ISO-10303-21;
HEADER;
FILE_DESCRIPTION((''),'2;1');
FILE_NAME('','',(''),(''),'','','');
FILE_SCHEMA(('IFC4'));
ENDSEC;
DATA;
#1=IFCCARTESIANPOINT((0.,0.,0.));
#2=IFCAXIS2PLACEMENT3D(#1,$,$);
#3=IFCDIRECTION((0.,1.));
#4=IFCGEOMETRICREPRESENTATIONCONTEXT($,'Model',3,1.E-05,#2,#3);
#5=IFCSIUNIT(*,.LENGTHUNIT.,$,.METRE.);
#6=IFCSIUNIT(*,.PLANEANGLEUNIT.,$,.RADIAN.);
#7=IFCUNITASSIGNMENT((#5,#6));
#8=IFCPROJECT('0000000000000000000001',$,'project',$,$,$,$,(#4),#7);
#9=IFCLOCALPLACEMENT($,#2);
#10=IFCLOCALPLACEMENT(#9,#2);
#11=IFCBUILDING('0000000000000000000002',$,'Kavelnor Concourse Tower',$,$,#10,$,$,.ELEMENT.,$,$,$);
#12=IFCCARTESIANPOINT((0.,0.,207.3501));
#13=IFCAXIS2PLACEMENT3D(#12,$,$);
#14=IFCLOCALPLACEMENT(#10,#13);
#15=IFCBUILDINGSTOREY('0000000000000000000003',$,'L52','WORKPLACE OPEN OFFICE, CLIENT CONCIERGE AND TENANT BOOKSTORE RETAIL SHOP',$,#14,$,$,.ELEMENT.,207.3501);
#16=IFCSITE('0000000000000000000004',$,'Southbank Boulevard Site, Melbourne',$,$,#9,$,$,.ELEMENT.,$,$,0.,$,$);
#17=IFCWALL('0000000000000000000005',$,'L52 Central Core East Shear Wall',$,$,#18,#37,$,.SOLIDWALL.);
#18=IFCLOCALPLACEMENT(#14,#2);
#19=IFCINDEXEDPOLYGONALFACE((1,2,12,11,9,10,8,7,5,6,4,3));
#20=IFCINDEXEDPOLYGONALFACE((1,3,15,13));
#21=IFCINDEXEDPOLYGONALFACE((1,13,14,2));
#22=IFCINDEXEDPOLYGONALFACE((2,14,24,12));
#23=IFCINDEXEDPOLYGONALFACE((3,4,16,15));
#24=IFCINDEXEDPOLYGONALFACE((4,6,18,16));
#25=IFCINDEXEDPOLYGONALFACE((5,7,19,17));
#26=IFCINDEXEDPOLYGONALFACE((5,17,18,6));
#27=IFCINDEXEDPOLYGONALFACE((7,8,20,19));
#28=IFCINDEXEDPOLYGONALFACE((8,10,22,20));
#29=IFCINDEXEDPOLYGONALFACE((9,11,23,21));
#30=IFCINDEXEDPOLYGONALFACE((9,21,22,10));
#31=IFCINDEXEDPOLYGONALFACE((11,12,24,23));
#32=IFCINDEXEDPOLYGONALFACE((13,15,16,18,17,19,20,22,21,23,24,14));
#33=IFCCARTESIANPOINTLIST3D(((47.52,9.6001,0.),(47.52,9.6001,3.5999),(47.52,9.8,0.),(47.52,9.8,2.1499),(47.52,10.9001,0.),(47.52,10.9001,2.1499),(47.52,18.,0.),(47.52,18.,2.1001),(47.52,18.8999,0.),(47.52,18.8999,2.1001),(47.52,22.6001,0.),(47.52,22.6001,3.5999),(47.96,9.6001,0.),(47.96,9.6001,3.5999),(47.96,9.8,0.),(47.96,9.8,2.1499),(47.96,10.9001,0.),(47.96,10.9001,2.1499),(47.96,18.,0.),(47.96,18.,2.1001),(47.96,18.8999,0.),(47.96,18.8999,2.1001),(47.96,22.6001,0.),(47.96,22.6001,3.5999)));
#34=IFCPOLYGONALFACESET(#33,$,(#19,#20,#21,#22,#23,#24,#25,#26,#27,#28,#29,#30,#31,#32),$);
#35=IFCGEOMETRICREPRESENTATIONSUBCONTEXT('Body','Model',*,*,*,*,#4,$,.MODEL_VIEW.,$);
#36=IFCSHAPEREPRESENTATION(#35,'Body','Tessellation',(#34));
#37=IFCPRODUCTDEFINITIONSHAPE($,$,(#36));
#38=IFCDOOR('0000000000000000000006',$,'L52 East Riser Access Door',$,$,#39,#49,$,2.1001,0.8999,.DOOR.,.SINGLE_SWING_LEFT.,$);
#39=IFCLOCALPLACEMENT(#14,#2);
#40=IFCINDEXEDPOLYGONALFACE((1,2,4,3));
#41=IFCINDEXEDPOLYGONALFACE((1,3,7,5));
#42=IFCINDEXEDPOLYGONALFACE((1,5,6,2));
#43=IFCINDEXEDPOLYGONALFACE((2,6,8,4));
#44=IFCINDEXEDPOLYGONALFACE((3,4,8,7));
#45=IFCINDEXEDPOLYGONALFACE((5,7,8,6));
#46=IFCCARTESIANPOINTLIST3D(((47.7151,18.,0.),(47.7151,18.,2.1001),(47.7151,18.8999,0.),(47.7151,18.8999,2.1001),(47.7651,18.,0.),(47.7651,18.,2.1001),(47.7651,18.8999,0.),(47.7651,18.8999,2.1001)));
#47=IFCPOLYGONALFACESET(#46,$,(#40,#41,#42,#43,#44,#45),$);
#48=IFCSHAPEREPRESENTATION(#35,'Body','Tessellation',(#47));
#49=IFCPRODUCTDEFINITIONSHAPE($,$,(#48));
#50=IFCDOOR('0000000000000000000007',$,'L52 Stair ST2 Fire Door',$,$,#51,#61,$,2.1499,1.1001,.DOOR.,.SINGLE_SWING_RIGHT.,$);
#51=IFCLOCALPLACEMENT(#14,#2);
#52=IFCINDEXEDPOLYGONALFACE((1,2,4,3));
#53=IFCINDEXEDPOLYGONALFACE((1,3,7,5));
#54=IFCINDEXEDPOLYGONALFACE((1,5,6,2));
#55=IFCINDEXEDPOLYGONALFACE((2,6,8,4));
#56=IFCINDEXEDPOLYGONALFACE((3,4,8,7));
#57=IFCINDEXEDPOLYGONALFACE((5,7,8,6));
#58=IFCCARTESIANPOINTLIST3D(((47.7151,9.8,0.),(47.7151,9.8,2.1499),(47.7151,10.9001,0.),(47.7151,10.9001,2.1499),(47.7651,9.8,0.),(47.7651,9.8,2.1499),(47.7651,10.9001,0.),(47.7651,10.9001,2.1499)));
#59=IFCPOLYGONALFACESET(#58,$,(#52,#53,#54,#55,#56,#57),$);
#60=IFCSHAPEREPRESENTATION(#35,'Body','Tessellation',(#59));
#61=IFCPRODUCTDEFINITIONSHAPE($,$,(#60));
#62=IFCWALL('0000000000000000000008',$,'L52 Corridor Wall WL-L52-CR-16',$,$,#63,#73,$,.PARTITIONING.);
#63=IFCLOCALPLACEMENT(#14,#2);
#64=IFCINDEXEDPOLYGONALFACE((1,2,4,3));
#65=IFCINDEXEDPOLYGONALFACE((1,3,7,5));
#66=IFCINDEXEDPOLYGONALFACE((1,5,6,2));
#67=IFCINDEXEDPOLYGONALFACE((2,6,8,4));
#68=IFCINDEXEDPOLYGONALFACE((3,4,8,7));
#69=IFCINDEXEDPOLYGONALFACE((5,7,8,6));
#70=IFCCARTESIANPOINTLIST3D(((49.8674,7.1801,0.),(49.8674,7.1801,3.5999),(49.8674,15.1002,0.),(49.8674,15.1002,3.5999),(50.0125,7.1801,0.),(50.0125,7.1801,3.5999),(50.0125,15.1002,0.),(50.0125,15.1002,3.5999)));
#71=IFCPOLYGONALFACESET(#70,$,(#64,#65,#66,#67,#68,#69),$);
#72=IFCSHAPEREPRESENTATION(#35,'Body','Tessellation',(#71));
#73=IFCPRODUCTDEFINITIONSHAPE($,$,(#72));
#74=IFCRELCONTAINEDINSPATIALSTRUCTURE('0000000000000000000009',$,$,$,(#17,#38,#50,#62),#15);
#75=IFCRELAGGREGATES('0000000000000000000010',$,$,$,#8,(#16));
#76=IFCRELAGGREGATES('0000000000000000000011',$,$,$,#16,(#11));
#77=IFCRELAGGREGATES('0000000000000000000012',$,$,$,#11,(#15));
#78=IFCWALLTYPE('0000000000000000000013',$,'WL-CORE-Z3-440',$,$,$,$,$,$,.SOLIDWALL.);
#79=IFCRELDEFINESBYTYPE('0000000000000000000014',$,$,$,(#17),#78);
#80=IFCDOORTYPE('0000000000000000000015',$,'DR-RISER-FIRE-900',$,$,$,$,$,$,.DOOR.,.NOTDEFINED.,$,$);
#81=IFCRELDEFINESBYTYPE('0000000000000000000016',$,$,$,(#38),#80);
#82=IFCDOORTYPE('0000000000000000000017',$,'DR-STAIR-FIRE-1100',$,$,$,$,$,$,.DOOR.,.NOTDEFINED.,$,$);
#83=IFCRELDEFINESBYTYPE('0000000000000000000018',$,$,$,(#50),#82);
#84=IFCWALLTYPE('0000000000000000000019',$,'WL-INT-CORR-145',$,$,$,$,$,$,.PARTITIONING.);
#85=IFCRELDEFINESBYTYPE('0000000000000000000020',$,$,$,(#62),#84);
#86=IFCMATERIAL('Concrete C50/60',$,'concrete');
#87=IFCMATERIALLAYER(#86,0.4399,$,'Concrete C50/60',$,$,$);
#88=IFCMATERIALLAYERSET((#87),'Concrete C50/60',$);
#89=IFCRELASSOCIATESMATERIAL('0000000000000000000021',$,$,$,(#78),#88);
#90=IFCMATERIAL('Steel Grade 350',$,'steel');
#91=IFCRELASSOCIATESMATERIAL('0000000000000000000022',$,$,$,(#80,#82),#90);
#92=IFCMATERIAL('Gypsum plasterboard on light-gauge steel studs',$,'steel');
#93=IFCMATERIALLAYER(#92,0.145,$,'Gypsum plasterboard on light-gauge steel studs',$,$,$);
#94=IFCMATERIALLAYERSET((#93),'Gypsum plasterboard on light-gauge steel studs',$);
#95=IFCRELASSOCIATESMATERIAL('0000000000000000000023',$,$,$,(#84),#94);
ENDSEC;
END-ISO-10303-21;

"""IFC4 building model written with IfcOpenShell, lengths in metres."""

from ifc_helpers import new_model, si_unit, direction, frame, frame_2d, origin, place, context, subcontext, project, spatial, rectangle, extrude, material, layer, layer_set, type_object, element, fill, save


model = new_model("IFC4")

# Units and contexts
model_context = context("Model", 3, precision=1e-05, world=origin(), true_north=direction((0.0, 1.0)))
body_context = subcontext(model_context, "Body", "Model", "MODEL_VIEW")
ifc_project = project(units=[si_unit("LENGTHUNIT", "METRE"), si_unit("PLANEANGLEUNIT", "RADIAN")], contexts=[model_context])

# Site, building, storey
site_placement = place(None, origin())
site = spatial("IfcSite", under=ifc_project, at=site_placement, Name="Southbank Boulevard Site, Melbourne", CompositionType="ELEMENT", RefElevation=0.0)
building_placement = place(site_placement, origin())
building = spatial("IfcBuilding", under=site, at=building_placement, Name="Kavelnor Concourse Tower", CompositionType="ELEMENT")
storey_placement = place(building_placement, frame((0.0, 0.0, 207.3501)))
storey = spatial("IfcBuildingStorey", under=building, at=storey_placement, Name="L52", Description="WORKPLACE OPEN OFFICE, CLIENT CONCIERGE AND TENANT BOOKSTORE RETAIL SHOP", CompositionType="ELEMENT", Elevation=207.3501)

# Shared definitions
ifc_material_1 = material(Name="Steel Grade 350", Category="steel")

# Wall, openings, doors
ifc_material_2 = material(Name="Concrete C50/60", Category="concrete")
ifc_layer_1 = layer(ifc_material_2, 0.4399, Name="Concrete C50/60")
ifc_layer_set_1 = layer_set([ifc_layer_1], Name="Concrete C50/60")
wall_type_1 = type_object("IfcWallType", Name="WL-CORE-Z3-440", PredefinedType="SOLIDWALL", material=ifc_layer_set_1)
wall_1_placement = place(storey_placement, frame((47.74, 9.6001, 0.0), z_axis=(0.0, 0.0, 1.0), x_axis=(0.0, 1.0, 0.0)))
wall_1 = element("IfcWall", 1, at=wall_1_placement, inside=storey, type_object=wall_type_1, Name="L52 Central Core East Shear Wall", PredefinedType="SOLIDWALL", context=body_context, shape_type="SweptSolid", body=[
    extrude(rectangle(XDim=13.0, YDim=0.4399, at=frame_2d((6.5, 0.0))), origin(), (0.0, 0.0, 1.0), 3.5999),
])
opening_1_placement = place(wall_1_placement, frame((0.2, 0.0, 0.0)))
opening_1 = element("IfcOpeningElement", 2, at=opening_1_placement, cuts=wall_1, PredefinedType="OPENING", context=body_context, shape_type="SweptSolid", body=[
    extrude(rectangle(XDim=1.1001, YDim=2.1499, at=frame_2d((0.55, 1.075))), frame((0.0, 0.23, 0.0), z_axis=(0.0, -1.0, 0.0), x_axis=(1.0, 0.0, 0.0)), (0.0, 0.0, 1.0), 0.46),
])
opening_2_placement = place(wall_1_placement, frame((8.3999, 0.0, 0.0)))
opening_2 = element("IfcOpeningElement", 3, at=opening_2_placement, cuts=wall_1, PredefinedType="OPENING", context=body_context, shape_type="SweptSolid", body=[
    extrude(rectangle(XDim=0.8999, YDim=2.1001, at=frame_2d((0.45, 1.05))), frame((0.0, 0.23, 0.0), z_axis=(0.0, -1.0, 0.0), x_axis=(1.0, 0.0, 0.0)), (0.0, 0.0, 1.0), 0.46),
])
door_type_1 = type_object("IfcDoorType", Name="DR-RISER-FIRE-900", OperationType="NOTDEFINED", PredefinedType="DOOR", material=ifc_material_1)
door_1_placement = place(opening_2_placement, origin())
door_1 = element("IfcDoor", 4, at=door_1_placement, inside=storey, type_object=door_type_1, Name="L52 East Riser Access Door", OperationType="SINGLE_SWING_LEFT", OverallHeight=2.1001, OverallWidth=0.8999, PredefinedType="DOOR", context=body_context, shape_type="SweptSolid", body=[
    extrude(rectangle(XDim=0.8999, YDim=2.1001, at=frame_2d((0.45, 1.05))), frame((0.0, 0.0249, 0.0), z_axis=(0.0, -1.0, 0.0), x_axis=(1.0, 0.0, 0.0)), (0.0, 0.0, 1.0), 0.05),
])
fill(opening_2, door_1)
door_type_2 = type_object("IfcDoorType", Name="DR-STAIR-FIRE-1100", OperationType="NOTDEFINED", PredefinedType="DOOR", material=ifc_material_1)
door_2_placement = place(opening_1_placement, origin())
door_2 = element("IfcDoor", 5, at=door_2_placement, inside=storey, type_object=door_type_2, Name="L52 Stair ST2 Fire Door", OperationType="SINGLE_SWING_RIGHT", OverallHeight=2.1499, OverallWidth=1.1001, PredefinedType="DOOR", context=body_context, shape_type="SweptSolid", body=[
    extrude(rectangle(XDim=1.1001, YDim=2.1499, at=frame_2d((0.55, 1.075))), frame((0.0, 0.0249, 0.0), z_axis=(0.0, -1.0, 0.0), x_axis=(1.0, 0.0, 0.0)), (0.0, 0.0, 1.0), 0.05),
])
fill(opening_1, door_2)

# Wall
ifc_material_3 = material(Name="Gypsum plasterboard on light-gauge steel studs", Category="steel")
ifc_layer_2 = layer(ifc_material_3, 0.145, Name="Gypsum plasterboard on light-gauge steel studs")
ifc_layer_set_2 = layer_set([ifc_layer_2], Name="Gypsum plasterboard on light-gauge steel studs")
wall_type_2 = type_object("IfcWallType", Name="WL-INT-CORR-145", PredefinedType="PARTITIONING", material=ifc_layer_set_2)
wall_2_placement = place(storey_placement, frame((49.9399, 15.1001, 0.0), z_axis=(0.0, 0.0, 1.0), x_axis=(0.0, -1.0, 0.0)))
element("IfcWall", 6, at=wall_2_placement, inside=storey, type_object=wall_type_2, Name="L52 Corridor Wall WL-L52-CR-16", PredefinedType="PARTITIONING", context=body_context, shape_type="SweptSolid", body=[
    extrude(rectangle(XDim=7.9202, YDim=0.145, at=frame_2d((3.96, 0.0))), origin(), (0.0, 0.0, 1.0), 3.5999),
])

save(model, "model.ifc")
